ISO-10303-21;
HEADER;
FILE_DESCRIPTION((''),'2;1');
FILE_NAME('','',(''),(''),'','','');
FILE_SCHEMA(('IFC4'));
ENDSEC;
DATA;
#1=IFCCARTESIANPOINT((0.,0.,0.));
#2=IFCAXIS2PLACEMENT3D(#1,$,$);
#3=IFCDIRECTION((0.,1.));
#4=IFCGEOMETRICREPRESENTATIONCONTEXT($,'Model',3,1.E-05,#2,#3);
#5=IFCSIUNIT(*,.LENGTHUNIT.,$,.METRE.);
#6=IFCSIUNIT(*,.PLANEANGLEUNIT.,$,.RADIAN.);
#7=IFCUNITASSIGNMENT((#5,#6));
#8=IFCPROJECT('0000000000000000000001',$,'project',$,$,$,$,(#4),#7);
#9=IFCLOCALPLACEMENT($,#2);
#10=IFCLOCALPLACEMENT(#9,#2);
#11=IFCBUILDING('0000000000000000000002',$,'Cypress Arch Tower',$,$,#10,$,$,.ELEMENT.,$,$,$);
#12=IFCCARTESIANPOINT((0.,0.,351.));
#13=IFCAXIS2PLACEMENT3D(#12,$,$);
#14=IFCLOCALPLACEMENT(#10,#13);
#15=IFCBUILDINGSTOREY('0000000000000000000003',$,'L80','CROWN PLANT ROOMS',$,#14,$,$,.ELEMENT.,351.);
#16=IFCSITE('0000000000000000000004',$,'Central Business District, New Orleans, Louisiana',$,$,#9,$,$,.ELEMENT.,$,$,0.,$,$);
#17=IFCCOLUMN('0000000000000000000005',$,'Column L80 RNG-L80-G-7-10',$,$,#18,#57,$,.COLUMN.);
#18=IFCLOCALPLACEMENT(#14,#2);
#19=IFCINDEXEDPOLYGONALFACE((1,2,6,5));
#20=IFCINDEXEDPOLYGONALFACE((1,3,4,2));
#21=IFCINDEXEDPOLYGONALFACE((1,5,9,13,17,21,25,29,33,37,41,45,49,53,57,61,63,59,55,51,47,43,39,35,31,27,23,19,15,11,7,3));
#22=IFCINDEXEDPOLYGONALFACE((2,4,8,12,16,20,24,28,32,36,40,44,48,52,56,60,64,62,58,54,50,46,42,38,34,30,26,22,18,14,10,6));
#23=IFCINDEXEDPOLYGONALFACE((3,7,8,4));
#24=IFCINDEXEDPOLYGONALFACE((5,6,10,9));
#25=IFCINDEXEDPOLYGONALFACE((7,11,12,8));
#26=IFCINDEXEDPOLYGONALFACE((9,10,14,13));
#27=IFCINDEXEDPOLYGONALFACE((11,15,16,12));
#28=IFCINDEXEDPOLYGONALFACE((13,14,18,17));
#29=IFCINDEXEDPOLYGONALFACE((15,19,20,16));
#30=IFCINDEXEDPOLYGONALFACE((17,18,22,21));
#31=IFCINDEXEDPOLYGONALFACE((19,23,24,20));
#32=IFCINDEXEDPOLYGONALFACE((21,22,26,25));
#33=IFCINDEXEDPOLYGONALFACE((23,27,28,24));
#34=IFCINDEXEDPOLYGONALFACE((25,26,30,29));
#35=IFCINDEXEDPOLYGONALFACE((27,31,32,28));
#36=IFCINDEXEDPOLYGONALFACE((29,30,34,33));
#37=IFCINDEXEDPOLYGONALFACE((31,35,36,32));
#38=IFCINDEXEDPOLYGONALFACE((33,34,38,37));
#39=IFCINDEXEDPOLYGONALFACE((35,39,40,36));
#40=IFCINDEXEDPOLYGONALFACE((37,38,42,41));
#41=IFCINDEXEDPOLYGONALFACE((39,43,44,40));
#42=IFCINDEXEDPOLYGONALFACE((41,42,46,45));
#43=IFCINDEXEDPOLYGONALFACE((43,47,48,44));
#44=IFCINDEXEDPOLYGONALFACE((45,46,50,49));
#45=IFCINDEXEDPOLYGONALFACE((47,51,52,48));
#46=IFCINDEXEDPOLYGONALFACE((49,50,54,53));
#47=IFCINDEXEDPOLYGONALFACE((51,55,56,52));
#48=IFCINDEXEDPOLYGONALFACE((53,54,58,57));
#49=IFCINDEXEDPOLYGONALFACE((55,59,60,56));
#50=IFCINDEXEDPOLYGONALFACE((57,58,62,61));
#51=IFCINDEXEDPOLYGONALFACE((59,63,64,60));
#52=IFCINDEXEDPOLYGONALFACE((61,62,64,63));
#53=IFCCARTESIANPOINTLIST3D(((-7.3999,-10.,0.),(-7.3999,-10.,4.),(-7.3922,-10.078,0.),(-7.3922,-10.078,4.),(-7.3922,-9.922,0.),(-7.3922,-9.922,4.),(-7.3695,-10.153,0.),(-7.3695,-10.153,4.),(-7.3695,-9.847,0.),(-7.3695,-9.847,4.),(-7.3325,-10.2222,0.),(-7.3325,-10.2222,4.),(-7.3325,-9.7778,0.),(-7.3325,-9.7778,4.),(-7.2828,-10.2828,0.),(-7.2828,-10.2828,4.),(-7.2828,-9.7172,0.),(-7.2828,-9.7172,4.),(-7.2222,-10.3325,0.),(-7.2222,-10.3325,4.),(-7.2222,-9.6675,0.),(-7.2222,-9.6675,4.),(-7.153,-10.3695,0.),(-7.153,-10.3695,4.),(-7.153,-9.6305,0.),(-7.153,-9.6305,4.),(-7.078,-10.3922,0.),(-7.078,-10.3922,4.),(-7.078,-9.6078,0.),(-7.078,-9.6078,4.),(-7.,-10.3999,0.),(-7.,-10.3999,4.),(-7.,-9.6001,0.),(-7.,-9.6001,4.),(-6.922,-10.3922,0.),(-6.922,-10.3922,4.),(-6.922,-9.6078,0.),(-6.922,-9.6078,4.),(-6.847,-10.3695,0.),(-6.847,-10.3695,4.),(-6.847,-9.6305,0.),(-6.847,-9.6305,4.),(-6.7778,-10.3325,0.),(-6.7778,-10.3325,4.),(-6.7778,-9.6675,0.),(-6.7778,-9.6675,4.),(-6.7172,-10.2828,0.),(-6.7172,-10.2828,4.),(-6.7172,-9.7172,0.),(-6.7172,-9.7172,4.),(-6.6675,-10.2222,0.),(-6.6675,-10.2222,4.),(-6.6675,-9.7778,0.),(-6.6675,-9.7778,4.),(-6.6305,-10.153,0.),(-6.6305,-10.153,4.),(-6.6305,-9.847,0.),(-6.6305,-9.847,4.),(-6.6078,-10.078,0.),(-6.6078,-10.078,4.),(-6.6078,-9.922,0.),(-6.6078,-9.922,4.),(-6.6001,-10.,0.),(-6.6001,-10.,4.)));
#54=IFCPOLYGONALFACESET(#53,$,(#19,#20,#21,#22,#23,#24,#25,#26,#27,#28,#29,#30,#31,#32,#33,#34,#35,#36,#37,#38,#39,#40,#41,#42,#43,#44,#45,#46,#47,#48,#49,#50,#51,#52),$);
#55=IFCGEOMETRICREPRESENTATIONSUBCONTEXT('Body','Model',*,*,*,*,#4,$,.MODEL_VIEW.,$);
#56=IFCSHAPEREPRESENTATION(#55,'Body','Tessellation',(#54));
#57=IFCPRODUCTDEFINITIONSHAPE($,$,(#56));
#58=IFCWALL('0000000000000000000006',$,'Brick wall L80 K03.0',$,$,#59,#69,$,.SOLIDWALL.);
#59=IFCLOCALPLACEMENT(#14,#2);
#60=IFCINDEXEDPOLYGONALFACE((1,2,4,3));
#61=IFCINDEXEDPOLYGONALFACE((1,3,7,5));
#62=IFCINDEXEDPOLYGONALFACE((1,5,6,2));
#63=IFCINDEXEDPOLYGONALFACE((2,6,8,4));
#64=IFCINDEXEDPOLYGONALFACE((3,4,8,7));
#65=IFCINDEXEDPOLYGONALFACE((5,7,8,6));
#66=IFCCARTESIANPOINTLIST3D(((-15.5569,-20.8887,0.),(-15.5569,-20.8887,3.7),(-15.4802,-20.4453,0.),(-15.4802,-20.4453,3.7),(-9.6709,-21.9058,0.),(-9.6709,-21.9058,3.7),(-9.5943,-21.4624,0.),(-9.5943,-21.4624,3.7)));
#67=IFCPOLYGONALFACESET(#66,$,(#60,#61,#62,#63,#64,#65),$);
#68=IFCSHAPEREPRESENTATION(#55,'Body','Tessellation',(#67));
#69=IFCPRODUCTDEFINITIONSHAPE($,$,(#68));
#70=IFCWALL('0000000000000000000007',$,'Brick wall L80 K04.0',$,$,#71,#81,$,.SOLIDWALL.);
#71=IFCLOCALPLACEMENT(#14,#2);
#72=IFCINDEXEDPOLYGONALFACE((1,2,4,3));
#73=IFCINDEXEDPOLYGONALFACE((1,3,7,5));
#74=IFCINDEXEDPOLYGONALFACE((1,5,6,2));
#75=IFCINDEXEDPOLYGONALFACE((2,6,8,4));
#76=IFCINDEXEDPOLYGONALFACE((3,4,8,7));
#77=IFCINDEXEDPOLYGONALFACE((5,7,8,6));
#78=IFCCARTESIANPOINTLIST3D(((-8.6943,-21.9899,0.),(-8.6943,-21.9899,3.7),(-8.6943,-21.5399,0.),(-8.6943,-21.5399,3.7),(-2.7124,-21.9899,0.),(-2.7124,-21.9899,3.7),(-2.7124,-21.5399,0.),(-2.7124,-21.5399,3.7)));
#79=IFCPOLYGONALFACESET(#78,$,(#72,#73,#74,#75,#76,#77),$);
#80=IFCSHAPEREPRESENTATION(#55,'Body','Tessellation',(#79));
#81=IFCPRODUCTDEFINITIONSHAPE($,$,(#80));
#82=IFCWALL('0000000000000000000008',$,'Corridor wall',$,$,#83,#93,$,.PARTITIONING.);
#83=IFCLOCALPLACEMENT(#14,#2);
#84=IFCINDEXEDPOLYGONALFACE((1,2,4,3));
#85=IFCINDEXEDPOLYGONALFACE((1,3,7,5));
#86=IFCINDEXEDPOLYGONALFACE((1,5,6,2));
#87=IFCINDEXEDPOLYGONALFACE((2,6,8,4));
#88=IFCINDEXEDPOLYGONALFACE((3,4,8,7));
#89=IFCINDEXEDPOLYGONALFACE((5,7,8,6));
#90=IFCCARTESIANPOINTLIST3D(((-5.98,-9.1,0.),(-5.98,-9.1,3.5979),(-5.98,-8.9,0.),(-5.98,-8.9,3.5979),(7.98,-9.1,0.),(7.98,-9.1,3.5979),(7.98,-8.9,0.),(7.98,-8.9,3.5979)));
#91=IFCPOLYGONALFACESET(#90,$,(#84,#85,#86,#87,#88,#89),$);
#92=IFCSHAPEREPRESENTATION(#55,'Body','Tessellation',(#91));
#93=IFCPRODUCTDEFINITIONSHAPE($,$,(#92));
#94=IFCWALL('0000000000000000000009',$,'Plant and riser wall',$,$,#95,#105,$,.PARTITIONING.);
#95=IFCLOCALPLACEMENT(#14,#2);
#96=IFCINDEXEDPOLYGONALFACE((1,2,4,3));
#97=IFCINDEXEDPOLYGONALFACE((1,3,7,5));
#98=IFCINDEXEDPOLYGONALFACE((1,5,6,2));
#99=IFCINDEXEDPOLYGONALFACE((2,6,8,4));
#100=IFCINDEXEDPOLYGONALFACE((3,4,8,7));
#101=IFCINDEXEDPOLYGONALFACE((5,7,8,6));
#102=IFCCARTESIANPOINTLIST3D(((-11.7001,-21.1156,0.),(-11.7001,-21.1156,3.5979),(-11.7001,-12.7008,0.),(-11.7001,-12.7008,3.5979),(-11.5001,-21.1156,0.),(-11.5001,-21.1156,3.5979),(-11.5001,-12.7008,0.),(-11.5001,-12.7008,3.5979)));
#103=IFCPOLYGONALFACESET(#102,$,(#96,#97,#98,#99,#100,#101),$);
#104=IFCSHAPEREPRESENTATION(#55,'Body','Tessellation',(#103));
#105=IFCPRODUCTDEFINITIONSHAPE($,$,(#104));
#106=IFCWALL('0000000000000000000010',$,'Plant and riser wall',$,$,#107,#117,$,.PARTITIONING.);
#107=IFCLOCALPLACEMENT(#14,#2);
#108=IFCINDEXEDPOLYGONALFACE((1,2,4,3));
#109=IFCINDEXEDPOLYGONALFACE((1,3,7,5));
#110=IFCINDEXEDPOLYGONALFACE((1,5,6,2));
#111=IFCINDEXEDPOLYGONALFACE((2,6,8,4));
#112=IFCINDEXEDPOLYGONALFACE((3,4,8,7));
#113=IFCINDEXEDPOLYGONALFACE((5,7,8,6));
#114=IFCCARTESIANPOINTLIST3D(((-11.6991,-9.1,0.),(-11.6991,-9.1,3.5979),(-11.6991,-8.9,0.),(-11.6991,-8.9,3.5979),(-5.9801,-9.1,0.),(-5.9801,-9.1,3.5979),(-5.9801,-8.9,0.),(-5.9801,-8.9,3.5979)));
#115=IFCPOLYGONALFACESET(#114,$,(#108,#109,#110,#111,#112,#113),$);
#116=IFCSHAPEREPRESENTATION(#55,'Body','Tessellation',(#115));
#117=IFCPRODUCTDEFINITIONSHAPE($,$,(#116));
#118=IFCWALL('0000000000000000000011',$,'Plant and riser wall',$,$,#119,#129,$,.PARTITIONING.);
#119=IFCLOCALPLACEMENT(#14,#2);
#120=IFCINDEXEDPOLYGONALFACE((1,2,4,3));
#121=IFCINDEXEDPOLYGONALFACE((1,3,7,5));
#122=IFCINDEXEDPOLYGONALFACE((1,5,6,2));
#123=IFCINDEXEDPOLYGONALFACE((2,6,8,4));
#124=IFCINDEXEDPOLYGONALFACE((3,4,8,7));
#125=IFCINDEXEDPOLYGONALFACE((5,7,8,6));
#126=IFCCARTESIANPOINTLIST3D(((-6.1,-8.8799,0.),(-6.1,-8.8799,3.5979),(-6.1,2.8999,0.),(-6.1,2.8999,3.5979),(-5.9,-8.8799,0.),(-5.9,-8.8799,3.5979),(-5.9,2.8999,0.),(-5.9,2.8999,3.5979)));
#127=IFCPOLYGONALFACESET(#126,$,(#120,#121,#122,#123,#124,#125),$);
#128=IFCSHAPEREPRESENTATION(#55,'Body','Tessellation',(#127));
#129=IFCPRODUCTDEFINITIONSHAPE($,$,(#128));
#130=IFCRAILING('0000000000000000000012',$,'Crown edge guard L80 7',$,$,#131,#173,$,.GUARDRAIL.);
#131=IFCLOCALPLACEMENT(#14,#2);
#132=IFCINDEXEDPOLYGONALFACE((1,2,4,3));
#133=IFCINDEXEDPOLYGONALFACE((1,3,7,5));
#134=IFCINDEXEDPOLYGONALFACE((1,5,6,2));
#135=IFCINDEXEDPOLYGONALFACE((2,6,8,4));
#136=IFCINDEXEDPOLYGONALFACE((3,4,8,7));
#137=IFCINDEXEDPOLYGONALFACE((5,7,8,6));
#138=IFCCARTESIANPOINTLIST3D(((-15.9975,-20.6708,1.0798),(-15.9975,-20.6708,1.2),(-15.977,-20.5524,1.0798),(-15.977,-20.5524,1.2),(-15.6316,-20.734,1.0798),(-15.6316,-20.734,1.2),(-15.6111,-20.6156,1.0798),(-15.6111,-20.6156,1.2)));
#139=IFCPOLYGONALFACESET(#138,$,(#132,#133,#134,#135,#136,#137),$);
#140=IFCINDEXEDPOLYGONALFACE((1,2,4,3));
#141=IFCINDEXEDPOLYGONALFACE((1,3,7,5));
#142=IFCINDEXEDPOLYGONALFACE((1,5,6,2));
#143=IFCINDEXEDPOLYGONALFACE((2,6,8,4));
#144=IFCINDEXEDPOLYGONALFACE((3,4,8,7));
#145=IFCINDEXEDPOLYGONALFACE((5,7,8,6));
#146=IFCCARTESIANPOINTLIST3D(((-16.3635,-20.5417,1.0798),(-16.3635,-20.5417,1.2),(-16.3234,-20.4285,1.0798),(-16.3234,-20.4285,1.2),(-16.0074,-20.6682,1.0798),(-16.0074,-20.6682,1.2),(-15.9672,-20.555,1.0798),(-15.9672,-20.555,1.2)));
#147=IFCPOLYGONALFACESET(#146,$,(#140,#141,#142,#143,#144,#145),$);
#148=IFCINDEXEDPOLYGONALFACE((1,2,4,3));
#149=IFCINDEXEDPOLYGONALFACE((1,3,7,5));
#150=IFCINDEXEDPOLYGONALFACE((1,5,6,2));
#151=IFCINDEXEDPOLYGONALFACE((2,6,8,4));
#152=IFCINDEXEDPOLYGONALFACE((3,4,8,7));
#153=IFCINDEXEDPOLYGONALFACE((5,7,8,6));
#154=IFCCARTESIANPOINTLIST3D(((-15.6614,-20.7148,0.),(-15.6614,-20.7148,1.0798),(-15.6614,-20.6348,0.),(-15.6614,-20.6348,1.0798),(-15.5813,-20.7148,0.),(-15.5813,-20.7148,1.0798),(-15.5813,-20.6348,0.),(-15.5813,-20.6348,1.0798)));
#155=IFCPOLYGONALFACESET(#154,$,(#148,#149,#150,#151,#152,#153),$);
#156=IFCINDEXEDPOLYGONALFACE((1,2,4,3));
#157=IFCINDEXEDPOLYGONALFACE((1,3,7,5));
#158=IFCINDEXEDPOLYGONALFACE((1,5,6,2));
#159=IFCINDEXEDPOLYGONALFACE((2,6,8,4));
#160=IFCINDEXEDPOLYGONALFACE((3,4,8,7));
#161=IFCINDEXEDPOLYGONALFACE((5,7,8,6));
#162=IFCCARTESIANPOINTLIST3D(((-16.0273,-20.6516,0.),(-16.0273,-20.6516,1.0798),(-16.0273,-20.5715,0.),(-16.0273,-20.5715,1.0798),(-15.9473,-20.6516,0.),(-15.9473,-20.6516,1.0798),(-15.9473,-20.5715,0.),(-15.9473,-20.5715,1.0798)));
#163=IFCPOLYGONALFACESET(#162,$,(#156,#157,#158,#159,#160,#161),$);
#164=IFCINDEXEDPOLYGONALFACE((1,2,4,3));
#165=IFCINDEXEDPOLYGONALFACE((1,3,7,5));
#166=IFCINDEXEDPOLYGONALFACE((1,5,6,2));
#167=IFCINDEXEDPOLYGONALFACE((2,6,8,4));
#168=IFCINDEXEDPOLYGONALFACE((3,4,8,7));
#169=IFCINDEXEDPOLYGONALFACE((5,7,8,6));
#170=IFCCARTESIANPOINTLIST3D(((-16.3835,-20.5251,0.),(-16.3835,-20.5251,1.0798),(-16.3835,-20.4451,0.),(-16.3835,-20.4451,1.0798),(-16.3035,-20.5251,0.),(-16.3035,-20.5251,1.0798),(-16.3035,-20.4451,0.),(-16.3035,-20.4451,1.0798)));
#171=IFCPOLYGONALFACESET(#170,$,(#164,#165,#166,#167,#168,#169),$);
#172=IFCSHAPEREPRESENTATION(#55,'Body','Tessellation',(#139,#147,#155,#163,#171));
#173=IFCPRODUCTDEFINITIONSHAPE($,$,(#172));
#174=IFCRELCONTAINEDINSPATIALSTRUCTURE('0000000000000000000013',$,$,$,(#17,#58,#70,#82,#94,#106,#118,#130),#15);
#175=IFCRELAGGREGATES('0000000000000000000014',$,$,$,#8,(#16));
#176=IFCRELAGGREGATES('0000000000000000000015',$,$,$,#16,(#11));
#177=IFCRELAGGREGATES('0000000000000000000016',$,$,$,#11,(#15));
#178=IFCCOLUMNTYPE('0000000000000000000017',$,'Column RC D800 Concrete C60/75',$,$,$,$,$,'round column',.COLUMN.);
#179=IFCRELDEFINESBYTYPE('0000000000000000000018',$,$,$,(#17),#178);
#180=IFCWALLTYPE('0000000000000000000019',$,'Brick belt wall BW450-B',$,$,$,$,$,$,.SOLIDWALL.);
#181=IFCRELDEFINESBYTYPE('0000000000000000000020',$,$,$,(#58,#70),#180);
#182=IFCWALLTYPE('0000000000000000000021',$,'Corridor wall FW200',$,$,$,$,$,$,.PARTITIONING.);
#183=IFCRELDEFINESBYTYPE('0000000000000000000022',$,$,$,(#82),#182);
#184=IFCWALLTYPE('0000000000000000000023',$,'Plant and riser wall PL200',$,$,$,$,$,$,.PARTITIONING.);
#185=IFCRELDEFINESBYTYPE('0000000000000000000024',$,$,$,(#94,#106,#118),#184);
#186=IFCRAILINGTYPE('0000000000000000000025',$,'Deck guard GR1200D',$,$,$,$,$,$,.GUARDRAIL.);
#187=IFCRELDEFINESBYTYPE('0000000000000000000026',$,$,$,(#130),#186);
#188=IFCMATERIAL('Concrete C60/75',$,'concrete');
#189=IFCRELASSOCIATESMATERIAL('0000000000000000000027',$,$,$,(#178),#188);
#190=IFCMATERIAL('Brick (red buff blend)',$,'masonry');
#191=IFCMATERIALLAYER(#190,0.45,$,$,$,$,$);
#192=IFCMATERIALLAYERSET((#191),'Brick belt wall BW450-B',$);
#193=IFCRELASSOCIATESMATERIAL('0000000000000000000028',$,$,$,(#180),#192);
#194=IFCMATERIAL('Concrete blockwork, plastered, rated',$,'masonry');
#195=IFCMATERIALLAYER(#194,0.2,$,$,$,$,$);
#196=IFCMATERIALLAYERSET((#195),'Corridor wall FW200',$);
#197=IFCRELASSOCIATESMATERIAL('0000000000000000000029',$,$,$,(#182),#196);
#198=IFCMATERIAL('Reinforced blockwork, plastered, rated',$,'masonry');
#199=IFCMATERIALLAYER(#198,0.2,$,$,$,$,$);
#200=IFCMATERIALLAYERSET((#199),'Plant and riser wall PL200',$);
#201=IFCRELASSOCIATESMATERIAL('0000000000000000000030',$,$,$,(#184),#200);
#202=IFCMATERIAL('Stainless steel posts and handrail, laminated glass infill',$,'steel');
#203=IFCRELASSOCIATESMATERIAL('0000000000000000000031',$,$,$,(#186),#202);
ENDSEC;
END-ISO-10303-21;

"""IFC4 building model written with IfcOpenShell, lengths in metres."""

from ifc_helpers import new_model, si_unit, direction, frame, frame_2d, origin, origin_2d, place, context, subcontext, project, spatial, rectangle, circle, extrude, material, layer, layer_set, material_profile, profile_set, type_object, element, save


model = new_model("IFC4")

# Units and contexts
model_context = context("Model", 3, precision=1e-05, world=origin(), true_north=direction((0.0, 1.0)))
body_context = subcontext(model_context, "Body", "Model", "MODEL_VIEW")
ifc_project = project(units=[si_unit("LENGTHUNIT", "METRE"), si_unit("PLANEANGLEUNIT", "RADIAN")], contexts=[model_context])

# Site, building, storey
site_placement = place(None, origin())
site = spatial("IfcSite", under=ifc_project, at=site_placement, Name="Central Business District, New Orleans, Louisiana", CompositionType="ELEMENT", RefElevation=0.0)
building_placement = place(site_placement, origin())
building = spatial("IfcBuilding", under=site, at=building_placement, Name="Cypress Arch Tower", CompositionType="ELEMENT")
storey_placement = place(building_placement, frame((0.0, 0.0, 351.0)))
storey = spatial("IfcBuildingStorey", under=building, at=storey_placement, Name="L80", Description="CROWN PLANT ROOMS", CompositionType="ELEMENT", Elevation=351.0)

# Column
ifc_material_1 = material(Name="Concrete C60/75", Category="concrete")
ifc_material_profile = material_profile(ifc_material_1, circle(Radius=0.3999, at=origin_2d()), Name="RC D800")
ifc_profile_set = profile_set([ifc_material_profile], Name="Concrete C60/75")
column_type = type_object("IfcColumnType", Name="Column RC D800 Concrete C60/75", ElementType="round column", PredefinedType="COLUMN", material=ifc_profile_set)
column_placement = place(storey_placement, frame((-7.0, -10.0, 0.0), z_axis=(0.0, 0.0, 1.0), x_axis=(1.0, 0.0, 0.0)))
element("IfcColumn", 1, at=column_placement, inside=storey, type_object=column_type, Name="Column L80 RNG-L80-G-7-10", PredefinedType="COLUMN", context=body_context, shape_type="SweptSolid", body=[
    extrude(circle(Radius=0.3999, at=origin_2d()), origin(), (0.0, 0.0, 1.0), 4.0),
])

# Walls
ifc_material_2 = material(Name="Brick (red buff blend)", Category="masonry")
ifc_layer_1 = layer(ifc_material_2, 0.45)
ifc_layer_set_1 = layer_set([ifc_layer_1], Name="Brick belt wall BW450-B")
wall_type_1 = type_object("IfcWallType", Name="Brick belt wall BW450-B", PredefinedType="SOLIDWALL", material=ifc_layer_set_1)
wall_1_placement = place(storey_placement, frame((-15.5186, -20.667, 0.0), z_axis=(0.0, 0.0, 1.0), x_axis=(0.985397, -0.170275, 0.0)))
element("IfcWall", 2, at=wall_1_placement, inside=storey, type_object=wall_type_1, Name="Brick wall L80 K03.0", PredefinedType="SOLIDWALL", context=body_context, shape_type="SweptSolid", body=[
    extrude(rectangle(XDim=5.9731, YDim=0.45, at=frame_2d((2.9866, 0.0))), origin(), (0.0, 0.0, 1.0), 3.7),
])
wall_2_placement = place(storey_placement, frame((-8.6943, -21.7649, 0.0), z_axis=(0.0, 0.0, 1.0), x_axis=(1.0, 0.0, 0.0)))
element("IfcWall", 3, at=wall_2_placement, inside=storey, type_object=wall_type_1, Name="Brick wall L80 K04.0", PredefinedType="SOLIDWALL", context=body_context, shape_type="SweptSolid", body=[
    extrude(rectangle(XDim=5.9819, YDim=0.45, at=frame_2d((2.991, 0.0))), origin(), (0.0, 0.0, 1.0), 3.7),
])

# Wall
ifc_material_3 = material(Name="Concrete blockwork, plastered, rated", Category="masonry")
ifc_layer_2 = layer(ifc_material_3, 0.2)
ifc_layer_set_2 = layer_set([ifc_layer_2], Name="Corridor wall FW200")
wall_type_2 = type_object("IfcWallType", Name="Corridor wall FW200", PredefinedType="PARTITIONING", material=ifc_layer_set_2)
wall_3_placement = place(storey_placement, frame((-5.98, -9.0, 0.0), z_axis=(0.0, 0.0, 1.0), x_axis=(1.0, 0.0, 0.0)))
element("IfcWall", 4, at=wall_3_placement, inside=storey, type_object=wall_type_2, Name="Corridor wall", PredefinedType="PARTITIONING", context=body_context, shape_type="SweptSolid", body=[
    extrude(rectangle(XDim=13.96, YDim=0.2, at=frame_2d((6.98, 0.0))), origin(), (0.0, 0.0, 1.0), 3.5979),
])

# Shared definitions
ifc_material_4 = material(Name="Reinforced blockwork, plastered, rated", Category="masonry")
ifc_layer_3 = layer(ifc_material_4, 0.2)
ifc_layer_set_3 = layer_set([ifc_layer_3], Name="Plant and riser wall PL200")
wall_type_3 = type_object("IfcWallType", Name="Plant and riser wall PL200", PredefinedType="PARTITIONING", material=ifc_layer_set_3)

# Wall
wall_4_placement = place(storey_placement, frame((-11.6001, -21.1157, 0.0), z_axis=(0.0, 0.0, 1.0), x_axis=(0.0, 1.0, 0.0)))
element("IfcWall", 5, at=wall_4_placement, inside=storey, type_object=wall_type_3, Name="Plant and riser wall", PredefinedType="PARTITIONING", context=body_context, shape_type="SweptSolid", body=[
    extrude(rectangle(XDim=8.4148, YDim=0.2, at=frame_2d((4.2075, 0.0))), origin(), (0.0, 0.0, 1.0), 3.5979),
])

# Walls
wall_5_placement = place(storey_placement, frame((-11.699, -9.0, 0.0), z_axis=(0.0, 0.0, 1.0), x_axis=(1.0, 0.0, 0.0)))
element("IfcWall", 6, at=wall_5_placement, inside=storey, type_object=wall_type_3, Name="Plant and riser wall", PredefinedType="PARTITIONING", context=body_context, shape_type="SweptSolid", body=[
    extrude(rectangle(XDim=5.719, YDim=0.2, at=frame_2d((2.8594, 0.0))), origin(), (0.0, 0.0, 1.0), 3.5979),
])
wall_6_placement = place(storey_placement, frame((-6.0, -8.8799, 0.0), z_axis=(0.0, 0.0, 1.0), x_axis=(0.0, 1.0, 0.0)))
element("IfcWall", 7, at=wall_6_placement, inside=storey, type_object=wall_type_3, Name="Plant and riser wall", PredefinedType="PARTITIONING", context=body_context, shape_type="SweptSolid", body=[
    extrude(rectangle(XDim=11.7798, YDim=0.2, at=frame_2d((5.8899, 0.0))), origin(), (0.0, 0.0, 1.0), 3.5979),
])

# Railing
ifc_material_5 = material(Name="Stainless steel posts and handrail, laminated glass infill", Category="steel")
railing_type = type_object("IfcRailingType", Name="Deck guard GR1200D", PredefinedType="GUARDRAIL", material=ifc_material_5)
railing_1_placement = place(storey_placement, frame((-15.6213, -20.6748, 0.0)))
element("IfcRailing", 8, at=railing_1_placement, inside=storey, type_object=railing_type, Name="Crown edge guard L80 7", PredefinedType="GUARDRAIL", context=body_context, shape_type="SweptSolid", body=[
    extrude(rectangle(XDim=0.1201, YDim=0.1201, at=origin_2d()), frame((0.0, 0.0, 1.1399), z_axis=(-0.985399, 0.170259, 0.0), x_axis=(-0.170259, -0.985399, 0.0)), (0.0, 0.0, 1.0), 0.3713),
    extrude(rectangle(XDim=0.1201, YDim=0.1201, at=origin_2d()), frame((-0.366, 0.0632, 1.1399), z_axis=(-0.942369, 0.334576, 0.0), x_axis=(-0.334576, -0.942369, 0.0)), (0.0, 0.0, 1.0), 0.3779),
    extrude(rectangle(XDim=0.0801, YDim=0.0801, at=origin_2d()), origin(), (0.0, 0.0, 1.0), 1.0798),
    extrude(rectangle(XDim=0.0801, YDim=0.0801, at=origin_2d()), frame((-0.366, 0.0632, 0.0)), (0.0, 0.0, 1.0), 1.0798),
    extrude(rectangle(XDim=0.0801, YDim=0.0801, at=origin_2d()), frame((-0.7222, 0.1897, 0.0)), (0.0, 0.0, 1.0), 1.0798),
])

save(model, "model.ifc")
